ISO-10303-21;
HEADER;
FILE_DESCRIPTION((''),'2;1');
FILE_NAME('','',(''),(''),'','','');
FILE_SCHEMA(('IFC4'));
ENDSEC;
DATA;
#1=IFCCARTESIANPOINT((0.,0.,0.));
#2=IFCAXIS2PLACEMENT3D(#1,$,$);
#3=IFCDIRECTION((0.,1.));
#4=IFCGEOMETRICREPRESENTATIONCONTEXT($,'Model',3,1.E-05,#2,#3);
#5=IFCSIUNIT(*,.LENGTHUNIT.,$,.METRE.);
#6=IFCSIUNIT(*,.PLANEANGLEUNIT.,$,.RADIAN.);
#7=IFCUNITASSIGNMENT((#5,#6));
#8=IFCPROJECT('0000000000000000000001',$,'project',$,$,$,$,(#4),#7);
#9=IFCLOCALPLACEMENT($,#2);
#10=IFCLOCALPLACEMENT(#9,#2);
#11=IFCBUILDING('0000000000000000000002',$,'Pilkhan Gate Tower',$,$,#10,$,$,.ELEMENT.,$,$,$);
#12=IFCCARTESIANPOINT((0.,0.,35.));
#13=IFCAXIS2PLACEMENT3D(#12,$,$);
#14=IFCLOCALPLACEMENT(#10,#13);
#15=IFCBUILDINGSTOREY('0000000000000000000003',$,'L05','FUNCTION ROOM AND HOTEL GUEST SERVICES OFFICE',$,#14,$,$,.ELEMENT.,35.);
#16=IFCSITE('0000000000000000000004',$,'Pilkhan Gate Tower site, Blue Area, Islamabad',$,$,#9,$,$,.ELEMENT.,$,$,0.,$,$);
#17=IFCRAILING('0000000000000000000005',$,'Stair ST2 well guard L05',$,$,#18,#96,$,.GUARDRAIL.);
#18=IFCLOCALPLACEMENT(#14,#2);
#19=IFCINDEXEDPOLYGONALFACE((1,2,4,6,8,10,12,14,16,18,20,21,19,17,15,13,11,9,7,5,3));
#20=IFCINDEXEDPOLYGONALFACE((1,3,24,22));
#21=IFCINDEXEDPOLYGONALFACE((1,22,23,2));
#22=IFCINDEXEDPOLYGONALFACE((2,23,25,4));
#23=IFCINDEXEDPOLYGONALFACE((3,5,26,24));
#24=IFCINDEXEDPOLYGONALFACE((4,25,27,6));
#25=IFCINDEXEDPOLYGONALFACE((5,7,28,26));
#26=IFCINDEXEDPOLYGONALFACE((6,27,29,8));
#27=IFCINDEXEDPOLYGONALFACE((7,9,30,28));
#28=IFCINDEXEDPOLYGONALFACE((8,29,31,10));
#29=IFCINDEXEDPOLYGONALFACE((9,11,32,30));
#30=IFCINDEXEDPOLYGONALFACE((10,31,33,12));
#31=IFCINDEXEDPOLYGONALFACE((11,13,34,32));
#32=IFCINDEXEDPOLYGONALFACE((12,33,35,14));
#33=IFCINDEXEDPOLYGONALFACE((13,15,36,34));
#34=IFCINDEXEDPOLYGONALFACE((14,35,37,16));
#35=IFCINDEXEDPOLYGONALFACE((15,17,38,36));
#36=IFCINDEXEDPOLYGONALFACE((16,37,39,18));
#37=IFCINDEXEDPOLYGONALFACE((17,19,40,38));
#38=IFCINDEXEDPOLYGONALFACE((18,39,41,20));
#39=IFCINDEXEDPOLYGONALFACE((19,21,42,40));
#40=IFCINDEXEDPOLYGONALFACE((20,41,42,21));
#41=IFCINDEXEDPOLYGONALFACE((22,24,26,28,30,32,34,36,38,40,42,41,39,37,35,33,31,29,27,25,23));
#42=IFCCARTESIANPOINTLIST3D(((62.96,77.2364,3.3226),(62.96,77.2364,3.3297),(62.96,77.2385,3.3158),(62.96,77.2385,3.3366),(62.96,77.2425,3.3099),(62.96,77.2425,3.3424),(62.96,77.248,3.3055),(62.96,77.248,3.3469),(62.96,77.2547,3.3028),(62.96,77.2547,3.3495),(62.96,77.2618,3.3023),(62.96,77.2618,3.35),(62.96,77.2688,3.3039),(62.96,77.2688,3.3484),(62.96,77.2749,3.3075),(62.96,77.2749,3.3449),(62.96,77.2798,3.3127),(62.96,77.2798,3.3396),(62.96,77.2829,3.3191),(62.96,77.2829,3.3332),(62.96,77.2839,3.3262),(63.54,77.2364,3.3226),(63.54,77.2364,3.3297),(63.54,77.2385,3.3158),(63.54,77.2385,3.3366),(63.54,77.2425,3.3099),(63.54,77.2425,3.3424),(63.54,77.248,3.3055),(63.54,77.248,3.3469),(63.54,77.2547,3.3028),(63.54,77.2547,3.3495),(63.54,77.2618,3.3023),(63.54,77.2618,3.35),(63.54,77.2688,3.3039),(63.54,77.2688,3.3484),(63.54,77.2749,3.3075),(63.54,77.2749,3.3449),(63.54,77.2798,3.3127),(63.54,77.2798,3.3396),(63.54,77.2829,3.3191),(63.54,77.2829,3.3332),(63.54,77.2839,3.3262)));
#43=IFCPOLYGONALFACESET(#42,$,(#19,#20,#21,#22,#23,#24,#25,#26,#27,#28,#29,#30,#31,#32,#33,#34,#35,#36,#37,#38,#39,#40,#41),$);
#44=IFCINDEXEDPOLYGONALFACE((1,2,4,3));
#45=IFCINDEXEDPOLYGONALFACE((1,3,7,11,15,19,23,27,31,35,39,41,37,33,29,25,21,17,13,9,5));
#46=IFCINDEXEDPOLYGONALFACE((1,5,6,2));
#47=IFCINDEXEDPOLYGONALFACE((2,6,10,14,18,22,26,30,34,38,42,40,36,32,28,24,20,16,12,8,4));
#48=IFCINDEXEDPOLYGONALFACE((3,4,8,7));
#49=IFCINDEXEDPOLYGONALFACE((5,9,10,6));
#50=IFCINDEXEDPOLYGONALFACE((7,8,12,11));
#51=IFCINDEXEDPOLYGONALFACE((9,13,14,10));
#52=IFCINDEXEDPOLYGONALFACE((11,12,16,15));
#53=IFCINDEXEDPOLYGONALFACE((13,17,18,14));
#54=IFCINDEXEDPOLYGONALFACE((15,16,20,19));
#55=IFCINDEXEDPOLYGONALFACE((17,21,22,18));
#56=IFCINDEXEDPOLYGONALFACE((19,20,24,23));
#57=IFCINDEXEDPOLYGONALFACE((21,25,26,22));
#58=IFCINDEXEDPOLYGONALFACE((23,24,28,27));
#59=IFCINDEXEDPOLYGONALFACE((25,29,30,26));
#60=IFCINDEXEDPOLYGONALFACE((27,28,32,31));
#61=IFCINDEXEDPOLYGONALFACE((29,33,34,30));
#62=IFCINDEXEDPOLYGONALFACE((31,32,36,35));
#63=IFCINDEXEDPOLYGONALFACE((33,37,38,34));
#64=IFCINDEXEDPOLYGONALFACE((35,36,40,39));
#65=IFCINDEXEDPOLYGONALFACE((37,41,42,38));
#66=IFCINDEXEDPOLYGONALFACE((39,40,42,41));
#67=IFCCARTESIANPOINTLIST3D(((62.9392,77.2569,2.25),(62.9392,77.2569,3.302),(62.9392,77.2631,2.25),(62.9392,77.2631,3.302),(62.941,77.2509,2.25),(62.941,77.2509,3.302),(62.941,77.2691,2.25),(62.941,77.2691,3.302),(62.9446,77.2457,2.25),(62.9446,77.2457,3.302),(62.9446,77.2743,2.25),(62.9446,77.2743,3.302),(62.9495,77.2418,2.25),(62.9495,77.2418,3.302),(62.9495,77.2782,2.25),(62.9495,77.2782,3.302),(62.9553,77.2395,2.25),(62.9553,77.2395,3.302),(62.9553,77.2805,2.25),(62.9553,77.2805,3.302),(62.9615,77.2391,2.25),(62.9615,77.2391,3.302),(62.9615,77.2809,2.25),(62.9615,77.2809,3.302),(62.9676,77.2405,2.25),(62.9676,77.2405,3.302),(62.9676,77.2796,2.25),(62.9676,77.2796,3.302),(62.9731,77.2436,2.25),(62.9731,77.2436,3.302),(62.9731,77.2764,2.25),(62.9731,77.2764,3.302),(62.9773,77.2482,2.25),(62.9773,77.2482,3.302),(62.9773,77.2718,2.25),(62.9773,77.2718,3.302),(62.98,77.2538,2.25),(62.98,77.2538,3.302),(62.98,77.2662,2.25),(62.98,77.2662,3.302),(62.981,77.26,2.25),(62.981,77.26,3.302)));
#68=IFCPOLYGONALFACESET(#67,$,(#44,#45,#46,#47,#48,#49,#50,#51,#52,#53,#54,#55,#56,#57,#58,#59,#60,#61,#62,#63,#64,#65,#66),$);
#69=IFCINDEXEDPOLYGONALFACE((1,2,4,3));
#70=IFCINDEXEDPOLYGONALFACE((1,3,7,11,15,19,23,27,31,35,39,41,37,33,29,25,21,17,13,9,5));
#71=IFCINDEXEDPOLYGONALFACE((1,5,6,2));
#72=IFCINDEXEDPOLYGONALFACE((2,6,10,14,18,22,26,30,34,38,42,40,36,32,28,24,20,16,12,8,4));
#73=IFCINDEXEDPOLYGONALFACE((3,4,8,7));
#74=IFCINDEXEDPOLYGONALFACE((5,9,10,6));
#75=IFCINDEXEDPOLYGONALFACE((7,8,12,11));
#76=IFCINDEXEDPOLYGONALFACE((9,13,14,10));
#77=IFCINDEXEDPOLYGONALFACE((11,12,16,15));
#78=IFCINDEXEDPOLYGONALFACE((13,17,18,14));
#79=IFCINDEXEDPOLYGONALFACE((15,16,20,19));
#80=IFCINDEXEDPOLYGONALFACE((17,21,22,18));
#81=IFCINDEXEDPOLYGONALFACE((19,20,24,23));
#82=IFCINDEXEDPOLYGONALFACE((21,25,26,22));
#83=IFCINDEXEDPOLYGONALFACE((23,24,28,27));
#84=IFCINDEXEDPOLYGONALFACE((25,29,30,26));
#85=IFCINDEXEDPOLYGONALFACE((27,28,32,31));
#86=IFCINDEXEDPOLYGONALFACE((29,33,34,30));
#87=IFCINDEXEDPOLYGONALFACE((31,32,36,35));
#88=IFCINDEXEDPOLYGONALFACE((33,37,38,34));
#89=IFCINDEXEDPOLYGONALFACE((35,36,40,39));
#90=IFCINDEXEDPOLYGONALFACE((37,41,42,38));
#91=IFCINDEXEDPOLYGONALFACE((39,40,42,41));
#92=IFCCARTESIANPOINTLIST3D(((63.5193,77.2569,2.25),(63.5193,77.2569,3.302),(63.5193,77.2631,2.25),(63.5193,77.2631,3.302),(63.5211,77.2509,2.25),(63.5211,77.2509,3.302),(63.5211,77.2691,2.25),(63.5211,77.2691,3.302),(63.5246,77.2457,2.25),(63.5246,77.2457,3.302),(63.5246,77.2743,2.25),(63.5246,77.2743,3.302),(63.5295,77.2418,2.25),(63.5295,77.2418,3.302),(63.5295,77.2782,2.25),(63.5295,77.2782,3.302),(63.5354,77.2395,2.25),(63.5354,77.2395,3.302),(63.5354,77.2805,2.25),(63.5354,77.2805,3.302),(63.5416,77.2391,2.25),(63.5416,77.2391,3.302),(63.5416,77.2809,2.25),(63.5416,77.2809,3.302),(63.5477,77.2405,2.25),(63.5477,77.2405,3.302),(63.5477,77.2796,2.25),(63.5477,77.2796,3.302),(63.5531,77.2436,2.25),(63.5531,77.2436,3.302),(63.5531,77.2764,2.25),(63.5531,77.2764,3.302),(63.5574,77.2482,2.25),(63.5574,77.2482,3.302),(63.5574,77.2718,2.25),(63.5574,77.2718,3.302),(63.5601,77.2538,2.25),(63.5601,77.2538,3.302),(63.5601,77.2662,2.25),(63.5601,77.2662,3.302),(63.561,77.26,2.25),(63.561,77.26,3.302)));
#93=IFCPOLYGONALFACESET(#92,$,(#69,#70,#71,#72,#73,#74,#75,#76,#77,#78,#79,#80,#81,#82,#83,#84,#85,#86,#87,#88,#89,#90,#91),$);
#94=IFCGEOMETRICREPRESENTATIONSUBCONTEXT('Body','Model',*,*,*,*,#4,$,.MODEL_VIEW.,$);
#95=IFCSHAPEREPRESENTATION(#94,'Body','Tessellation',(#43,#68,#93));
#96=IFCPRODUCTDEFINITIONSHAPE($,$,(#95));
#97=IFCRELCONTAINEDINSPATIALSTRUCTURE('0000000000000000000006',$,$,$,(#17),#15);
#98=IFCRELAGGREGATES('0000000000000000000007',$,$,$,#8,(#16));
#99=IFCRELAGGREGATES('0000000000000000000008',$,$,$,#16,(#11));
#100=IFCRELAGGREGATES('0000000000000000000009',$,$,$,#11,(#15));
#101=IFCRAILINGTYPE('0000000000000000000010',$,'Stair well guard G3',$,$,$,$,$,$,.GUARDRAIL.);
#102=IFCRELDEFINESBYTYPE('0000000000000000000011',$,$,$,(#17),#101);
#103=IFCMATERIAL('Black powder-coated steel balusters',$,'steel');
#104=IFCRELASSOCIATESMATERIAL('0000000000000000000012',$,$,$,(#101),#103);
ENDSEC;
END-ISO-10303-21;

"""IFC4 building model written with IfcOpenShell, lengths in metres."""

from ifc_helpers import new_model, si_unit, direction, frame, origin, origin_2d, place, context, subcontext, project, spatial, circle, extrude, material, type_object, element, save


model = new_model("IFC4")

# Units and contexts
model_context = context("Model", 3, precision=1e-05, world=origin(), true_north=direction((0.0, 1.0)))
body_context = subcontext(model_context, "Body", "Model", "MODEL_VIEW")
ifc_project = project(units=[si_unit("LENGTHUNIT", "METRE"), si_unit("PLANEANGLEUNIT", "RADIAN")], contexts=[model_context])

# Site, building, storey
site_placement = place(None, origin())
site = spatial("IfcSite", under=ifc_project, at=site_placement, Name="Pilkhan Gate Tower site, Blue Area, Islamabad", CompositionType="ELEMENT", RefElevation=0.0)
building_placement = place(site_placement, origin())
building = spatial("IfcBuilding", under=site, at=building_placement, Name="Pilkhan Gate Tower", CompositionType="ELEMENT")
storey_placement = place(building_placement, frame((0.0, 0.0, 35.0)))
storey = spatial("IfcBuildingStorey", under=building, at=storey_placement, Name="L05", Description="FUNCTION ROOM AND HOTEL GUEST SERVICES OFFICE", CompositionType="ELEMENT", Elevation=35.0)

# Railing
ifc_material_1 = material(Name="Black powder-coated steel balusters", Category="steel")
railing_type_1 = type_object("IfcRailingType", Name="Stair well guard G3", PredefinedType="GUARDRAIL", material=ifc_material_1)
for number, where, name in (
    (1, (62.96, 77.26, 2.25), "Stair ST2 well guard L05"),
):
    element("IfcRailing", number, at=place(storey_placement, frame(where)), inside=storey, type_object=railing_type_1, Name=name, PredefinedType="GUARDRAIL", context=body_context, shape_type="SweptSolid", body=[
        extrude(circle(Radius=0.0239, at=origin_2d()), frame((0.0, 0.0, 1.0762), z_axis=(1.0, 0.0, 0.0), x_axis=(0.0, 1.0, 0.0)), (0.0, 0.0, 1.0), 0.5801),
        extrude(circle(Radius=0.021, at=origin_2d()), origin(), (0.0, 0.0, 1.0), 1.052),
        extrude(circle(Radius=0.021, at=origin_2d()), frame((0.5801, 0.0, 0.0)), (0.0, 0.0, 1.0), 1.052),
    ])

save(model, "model.ifc")
